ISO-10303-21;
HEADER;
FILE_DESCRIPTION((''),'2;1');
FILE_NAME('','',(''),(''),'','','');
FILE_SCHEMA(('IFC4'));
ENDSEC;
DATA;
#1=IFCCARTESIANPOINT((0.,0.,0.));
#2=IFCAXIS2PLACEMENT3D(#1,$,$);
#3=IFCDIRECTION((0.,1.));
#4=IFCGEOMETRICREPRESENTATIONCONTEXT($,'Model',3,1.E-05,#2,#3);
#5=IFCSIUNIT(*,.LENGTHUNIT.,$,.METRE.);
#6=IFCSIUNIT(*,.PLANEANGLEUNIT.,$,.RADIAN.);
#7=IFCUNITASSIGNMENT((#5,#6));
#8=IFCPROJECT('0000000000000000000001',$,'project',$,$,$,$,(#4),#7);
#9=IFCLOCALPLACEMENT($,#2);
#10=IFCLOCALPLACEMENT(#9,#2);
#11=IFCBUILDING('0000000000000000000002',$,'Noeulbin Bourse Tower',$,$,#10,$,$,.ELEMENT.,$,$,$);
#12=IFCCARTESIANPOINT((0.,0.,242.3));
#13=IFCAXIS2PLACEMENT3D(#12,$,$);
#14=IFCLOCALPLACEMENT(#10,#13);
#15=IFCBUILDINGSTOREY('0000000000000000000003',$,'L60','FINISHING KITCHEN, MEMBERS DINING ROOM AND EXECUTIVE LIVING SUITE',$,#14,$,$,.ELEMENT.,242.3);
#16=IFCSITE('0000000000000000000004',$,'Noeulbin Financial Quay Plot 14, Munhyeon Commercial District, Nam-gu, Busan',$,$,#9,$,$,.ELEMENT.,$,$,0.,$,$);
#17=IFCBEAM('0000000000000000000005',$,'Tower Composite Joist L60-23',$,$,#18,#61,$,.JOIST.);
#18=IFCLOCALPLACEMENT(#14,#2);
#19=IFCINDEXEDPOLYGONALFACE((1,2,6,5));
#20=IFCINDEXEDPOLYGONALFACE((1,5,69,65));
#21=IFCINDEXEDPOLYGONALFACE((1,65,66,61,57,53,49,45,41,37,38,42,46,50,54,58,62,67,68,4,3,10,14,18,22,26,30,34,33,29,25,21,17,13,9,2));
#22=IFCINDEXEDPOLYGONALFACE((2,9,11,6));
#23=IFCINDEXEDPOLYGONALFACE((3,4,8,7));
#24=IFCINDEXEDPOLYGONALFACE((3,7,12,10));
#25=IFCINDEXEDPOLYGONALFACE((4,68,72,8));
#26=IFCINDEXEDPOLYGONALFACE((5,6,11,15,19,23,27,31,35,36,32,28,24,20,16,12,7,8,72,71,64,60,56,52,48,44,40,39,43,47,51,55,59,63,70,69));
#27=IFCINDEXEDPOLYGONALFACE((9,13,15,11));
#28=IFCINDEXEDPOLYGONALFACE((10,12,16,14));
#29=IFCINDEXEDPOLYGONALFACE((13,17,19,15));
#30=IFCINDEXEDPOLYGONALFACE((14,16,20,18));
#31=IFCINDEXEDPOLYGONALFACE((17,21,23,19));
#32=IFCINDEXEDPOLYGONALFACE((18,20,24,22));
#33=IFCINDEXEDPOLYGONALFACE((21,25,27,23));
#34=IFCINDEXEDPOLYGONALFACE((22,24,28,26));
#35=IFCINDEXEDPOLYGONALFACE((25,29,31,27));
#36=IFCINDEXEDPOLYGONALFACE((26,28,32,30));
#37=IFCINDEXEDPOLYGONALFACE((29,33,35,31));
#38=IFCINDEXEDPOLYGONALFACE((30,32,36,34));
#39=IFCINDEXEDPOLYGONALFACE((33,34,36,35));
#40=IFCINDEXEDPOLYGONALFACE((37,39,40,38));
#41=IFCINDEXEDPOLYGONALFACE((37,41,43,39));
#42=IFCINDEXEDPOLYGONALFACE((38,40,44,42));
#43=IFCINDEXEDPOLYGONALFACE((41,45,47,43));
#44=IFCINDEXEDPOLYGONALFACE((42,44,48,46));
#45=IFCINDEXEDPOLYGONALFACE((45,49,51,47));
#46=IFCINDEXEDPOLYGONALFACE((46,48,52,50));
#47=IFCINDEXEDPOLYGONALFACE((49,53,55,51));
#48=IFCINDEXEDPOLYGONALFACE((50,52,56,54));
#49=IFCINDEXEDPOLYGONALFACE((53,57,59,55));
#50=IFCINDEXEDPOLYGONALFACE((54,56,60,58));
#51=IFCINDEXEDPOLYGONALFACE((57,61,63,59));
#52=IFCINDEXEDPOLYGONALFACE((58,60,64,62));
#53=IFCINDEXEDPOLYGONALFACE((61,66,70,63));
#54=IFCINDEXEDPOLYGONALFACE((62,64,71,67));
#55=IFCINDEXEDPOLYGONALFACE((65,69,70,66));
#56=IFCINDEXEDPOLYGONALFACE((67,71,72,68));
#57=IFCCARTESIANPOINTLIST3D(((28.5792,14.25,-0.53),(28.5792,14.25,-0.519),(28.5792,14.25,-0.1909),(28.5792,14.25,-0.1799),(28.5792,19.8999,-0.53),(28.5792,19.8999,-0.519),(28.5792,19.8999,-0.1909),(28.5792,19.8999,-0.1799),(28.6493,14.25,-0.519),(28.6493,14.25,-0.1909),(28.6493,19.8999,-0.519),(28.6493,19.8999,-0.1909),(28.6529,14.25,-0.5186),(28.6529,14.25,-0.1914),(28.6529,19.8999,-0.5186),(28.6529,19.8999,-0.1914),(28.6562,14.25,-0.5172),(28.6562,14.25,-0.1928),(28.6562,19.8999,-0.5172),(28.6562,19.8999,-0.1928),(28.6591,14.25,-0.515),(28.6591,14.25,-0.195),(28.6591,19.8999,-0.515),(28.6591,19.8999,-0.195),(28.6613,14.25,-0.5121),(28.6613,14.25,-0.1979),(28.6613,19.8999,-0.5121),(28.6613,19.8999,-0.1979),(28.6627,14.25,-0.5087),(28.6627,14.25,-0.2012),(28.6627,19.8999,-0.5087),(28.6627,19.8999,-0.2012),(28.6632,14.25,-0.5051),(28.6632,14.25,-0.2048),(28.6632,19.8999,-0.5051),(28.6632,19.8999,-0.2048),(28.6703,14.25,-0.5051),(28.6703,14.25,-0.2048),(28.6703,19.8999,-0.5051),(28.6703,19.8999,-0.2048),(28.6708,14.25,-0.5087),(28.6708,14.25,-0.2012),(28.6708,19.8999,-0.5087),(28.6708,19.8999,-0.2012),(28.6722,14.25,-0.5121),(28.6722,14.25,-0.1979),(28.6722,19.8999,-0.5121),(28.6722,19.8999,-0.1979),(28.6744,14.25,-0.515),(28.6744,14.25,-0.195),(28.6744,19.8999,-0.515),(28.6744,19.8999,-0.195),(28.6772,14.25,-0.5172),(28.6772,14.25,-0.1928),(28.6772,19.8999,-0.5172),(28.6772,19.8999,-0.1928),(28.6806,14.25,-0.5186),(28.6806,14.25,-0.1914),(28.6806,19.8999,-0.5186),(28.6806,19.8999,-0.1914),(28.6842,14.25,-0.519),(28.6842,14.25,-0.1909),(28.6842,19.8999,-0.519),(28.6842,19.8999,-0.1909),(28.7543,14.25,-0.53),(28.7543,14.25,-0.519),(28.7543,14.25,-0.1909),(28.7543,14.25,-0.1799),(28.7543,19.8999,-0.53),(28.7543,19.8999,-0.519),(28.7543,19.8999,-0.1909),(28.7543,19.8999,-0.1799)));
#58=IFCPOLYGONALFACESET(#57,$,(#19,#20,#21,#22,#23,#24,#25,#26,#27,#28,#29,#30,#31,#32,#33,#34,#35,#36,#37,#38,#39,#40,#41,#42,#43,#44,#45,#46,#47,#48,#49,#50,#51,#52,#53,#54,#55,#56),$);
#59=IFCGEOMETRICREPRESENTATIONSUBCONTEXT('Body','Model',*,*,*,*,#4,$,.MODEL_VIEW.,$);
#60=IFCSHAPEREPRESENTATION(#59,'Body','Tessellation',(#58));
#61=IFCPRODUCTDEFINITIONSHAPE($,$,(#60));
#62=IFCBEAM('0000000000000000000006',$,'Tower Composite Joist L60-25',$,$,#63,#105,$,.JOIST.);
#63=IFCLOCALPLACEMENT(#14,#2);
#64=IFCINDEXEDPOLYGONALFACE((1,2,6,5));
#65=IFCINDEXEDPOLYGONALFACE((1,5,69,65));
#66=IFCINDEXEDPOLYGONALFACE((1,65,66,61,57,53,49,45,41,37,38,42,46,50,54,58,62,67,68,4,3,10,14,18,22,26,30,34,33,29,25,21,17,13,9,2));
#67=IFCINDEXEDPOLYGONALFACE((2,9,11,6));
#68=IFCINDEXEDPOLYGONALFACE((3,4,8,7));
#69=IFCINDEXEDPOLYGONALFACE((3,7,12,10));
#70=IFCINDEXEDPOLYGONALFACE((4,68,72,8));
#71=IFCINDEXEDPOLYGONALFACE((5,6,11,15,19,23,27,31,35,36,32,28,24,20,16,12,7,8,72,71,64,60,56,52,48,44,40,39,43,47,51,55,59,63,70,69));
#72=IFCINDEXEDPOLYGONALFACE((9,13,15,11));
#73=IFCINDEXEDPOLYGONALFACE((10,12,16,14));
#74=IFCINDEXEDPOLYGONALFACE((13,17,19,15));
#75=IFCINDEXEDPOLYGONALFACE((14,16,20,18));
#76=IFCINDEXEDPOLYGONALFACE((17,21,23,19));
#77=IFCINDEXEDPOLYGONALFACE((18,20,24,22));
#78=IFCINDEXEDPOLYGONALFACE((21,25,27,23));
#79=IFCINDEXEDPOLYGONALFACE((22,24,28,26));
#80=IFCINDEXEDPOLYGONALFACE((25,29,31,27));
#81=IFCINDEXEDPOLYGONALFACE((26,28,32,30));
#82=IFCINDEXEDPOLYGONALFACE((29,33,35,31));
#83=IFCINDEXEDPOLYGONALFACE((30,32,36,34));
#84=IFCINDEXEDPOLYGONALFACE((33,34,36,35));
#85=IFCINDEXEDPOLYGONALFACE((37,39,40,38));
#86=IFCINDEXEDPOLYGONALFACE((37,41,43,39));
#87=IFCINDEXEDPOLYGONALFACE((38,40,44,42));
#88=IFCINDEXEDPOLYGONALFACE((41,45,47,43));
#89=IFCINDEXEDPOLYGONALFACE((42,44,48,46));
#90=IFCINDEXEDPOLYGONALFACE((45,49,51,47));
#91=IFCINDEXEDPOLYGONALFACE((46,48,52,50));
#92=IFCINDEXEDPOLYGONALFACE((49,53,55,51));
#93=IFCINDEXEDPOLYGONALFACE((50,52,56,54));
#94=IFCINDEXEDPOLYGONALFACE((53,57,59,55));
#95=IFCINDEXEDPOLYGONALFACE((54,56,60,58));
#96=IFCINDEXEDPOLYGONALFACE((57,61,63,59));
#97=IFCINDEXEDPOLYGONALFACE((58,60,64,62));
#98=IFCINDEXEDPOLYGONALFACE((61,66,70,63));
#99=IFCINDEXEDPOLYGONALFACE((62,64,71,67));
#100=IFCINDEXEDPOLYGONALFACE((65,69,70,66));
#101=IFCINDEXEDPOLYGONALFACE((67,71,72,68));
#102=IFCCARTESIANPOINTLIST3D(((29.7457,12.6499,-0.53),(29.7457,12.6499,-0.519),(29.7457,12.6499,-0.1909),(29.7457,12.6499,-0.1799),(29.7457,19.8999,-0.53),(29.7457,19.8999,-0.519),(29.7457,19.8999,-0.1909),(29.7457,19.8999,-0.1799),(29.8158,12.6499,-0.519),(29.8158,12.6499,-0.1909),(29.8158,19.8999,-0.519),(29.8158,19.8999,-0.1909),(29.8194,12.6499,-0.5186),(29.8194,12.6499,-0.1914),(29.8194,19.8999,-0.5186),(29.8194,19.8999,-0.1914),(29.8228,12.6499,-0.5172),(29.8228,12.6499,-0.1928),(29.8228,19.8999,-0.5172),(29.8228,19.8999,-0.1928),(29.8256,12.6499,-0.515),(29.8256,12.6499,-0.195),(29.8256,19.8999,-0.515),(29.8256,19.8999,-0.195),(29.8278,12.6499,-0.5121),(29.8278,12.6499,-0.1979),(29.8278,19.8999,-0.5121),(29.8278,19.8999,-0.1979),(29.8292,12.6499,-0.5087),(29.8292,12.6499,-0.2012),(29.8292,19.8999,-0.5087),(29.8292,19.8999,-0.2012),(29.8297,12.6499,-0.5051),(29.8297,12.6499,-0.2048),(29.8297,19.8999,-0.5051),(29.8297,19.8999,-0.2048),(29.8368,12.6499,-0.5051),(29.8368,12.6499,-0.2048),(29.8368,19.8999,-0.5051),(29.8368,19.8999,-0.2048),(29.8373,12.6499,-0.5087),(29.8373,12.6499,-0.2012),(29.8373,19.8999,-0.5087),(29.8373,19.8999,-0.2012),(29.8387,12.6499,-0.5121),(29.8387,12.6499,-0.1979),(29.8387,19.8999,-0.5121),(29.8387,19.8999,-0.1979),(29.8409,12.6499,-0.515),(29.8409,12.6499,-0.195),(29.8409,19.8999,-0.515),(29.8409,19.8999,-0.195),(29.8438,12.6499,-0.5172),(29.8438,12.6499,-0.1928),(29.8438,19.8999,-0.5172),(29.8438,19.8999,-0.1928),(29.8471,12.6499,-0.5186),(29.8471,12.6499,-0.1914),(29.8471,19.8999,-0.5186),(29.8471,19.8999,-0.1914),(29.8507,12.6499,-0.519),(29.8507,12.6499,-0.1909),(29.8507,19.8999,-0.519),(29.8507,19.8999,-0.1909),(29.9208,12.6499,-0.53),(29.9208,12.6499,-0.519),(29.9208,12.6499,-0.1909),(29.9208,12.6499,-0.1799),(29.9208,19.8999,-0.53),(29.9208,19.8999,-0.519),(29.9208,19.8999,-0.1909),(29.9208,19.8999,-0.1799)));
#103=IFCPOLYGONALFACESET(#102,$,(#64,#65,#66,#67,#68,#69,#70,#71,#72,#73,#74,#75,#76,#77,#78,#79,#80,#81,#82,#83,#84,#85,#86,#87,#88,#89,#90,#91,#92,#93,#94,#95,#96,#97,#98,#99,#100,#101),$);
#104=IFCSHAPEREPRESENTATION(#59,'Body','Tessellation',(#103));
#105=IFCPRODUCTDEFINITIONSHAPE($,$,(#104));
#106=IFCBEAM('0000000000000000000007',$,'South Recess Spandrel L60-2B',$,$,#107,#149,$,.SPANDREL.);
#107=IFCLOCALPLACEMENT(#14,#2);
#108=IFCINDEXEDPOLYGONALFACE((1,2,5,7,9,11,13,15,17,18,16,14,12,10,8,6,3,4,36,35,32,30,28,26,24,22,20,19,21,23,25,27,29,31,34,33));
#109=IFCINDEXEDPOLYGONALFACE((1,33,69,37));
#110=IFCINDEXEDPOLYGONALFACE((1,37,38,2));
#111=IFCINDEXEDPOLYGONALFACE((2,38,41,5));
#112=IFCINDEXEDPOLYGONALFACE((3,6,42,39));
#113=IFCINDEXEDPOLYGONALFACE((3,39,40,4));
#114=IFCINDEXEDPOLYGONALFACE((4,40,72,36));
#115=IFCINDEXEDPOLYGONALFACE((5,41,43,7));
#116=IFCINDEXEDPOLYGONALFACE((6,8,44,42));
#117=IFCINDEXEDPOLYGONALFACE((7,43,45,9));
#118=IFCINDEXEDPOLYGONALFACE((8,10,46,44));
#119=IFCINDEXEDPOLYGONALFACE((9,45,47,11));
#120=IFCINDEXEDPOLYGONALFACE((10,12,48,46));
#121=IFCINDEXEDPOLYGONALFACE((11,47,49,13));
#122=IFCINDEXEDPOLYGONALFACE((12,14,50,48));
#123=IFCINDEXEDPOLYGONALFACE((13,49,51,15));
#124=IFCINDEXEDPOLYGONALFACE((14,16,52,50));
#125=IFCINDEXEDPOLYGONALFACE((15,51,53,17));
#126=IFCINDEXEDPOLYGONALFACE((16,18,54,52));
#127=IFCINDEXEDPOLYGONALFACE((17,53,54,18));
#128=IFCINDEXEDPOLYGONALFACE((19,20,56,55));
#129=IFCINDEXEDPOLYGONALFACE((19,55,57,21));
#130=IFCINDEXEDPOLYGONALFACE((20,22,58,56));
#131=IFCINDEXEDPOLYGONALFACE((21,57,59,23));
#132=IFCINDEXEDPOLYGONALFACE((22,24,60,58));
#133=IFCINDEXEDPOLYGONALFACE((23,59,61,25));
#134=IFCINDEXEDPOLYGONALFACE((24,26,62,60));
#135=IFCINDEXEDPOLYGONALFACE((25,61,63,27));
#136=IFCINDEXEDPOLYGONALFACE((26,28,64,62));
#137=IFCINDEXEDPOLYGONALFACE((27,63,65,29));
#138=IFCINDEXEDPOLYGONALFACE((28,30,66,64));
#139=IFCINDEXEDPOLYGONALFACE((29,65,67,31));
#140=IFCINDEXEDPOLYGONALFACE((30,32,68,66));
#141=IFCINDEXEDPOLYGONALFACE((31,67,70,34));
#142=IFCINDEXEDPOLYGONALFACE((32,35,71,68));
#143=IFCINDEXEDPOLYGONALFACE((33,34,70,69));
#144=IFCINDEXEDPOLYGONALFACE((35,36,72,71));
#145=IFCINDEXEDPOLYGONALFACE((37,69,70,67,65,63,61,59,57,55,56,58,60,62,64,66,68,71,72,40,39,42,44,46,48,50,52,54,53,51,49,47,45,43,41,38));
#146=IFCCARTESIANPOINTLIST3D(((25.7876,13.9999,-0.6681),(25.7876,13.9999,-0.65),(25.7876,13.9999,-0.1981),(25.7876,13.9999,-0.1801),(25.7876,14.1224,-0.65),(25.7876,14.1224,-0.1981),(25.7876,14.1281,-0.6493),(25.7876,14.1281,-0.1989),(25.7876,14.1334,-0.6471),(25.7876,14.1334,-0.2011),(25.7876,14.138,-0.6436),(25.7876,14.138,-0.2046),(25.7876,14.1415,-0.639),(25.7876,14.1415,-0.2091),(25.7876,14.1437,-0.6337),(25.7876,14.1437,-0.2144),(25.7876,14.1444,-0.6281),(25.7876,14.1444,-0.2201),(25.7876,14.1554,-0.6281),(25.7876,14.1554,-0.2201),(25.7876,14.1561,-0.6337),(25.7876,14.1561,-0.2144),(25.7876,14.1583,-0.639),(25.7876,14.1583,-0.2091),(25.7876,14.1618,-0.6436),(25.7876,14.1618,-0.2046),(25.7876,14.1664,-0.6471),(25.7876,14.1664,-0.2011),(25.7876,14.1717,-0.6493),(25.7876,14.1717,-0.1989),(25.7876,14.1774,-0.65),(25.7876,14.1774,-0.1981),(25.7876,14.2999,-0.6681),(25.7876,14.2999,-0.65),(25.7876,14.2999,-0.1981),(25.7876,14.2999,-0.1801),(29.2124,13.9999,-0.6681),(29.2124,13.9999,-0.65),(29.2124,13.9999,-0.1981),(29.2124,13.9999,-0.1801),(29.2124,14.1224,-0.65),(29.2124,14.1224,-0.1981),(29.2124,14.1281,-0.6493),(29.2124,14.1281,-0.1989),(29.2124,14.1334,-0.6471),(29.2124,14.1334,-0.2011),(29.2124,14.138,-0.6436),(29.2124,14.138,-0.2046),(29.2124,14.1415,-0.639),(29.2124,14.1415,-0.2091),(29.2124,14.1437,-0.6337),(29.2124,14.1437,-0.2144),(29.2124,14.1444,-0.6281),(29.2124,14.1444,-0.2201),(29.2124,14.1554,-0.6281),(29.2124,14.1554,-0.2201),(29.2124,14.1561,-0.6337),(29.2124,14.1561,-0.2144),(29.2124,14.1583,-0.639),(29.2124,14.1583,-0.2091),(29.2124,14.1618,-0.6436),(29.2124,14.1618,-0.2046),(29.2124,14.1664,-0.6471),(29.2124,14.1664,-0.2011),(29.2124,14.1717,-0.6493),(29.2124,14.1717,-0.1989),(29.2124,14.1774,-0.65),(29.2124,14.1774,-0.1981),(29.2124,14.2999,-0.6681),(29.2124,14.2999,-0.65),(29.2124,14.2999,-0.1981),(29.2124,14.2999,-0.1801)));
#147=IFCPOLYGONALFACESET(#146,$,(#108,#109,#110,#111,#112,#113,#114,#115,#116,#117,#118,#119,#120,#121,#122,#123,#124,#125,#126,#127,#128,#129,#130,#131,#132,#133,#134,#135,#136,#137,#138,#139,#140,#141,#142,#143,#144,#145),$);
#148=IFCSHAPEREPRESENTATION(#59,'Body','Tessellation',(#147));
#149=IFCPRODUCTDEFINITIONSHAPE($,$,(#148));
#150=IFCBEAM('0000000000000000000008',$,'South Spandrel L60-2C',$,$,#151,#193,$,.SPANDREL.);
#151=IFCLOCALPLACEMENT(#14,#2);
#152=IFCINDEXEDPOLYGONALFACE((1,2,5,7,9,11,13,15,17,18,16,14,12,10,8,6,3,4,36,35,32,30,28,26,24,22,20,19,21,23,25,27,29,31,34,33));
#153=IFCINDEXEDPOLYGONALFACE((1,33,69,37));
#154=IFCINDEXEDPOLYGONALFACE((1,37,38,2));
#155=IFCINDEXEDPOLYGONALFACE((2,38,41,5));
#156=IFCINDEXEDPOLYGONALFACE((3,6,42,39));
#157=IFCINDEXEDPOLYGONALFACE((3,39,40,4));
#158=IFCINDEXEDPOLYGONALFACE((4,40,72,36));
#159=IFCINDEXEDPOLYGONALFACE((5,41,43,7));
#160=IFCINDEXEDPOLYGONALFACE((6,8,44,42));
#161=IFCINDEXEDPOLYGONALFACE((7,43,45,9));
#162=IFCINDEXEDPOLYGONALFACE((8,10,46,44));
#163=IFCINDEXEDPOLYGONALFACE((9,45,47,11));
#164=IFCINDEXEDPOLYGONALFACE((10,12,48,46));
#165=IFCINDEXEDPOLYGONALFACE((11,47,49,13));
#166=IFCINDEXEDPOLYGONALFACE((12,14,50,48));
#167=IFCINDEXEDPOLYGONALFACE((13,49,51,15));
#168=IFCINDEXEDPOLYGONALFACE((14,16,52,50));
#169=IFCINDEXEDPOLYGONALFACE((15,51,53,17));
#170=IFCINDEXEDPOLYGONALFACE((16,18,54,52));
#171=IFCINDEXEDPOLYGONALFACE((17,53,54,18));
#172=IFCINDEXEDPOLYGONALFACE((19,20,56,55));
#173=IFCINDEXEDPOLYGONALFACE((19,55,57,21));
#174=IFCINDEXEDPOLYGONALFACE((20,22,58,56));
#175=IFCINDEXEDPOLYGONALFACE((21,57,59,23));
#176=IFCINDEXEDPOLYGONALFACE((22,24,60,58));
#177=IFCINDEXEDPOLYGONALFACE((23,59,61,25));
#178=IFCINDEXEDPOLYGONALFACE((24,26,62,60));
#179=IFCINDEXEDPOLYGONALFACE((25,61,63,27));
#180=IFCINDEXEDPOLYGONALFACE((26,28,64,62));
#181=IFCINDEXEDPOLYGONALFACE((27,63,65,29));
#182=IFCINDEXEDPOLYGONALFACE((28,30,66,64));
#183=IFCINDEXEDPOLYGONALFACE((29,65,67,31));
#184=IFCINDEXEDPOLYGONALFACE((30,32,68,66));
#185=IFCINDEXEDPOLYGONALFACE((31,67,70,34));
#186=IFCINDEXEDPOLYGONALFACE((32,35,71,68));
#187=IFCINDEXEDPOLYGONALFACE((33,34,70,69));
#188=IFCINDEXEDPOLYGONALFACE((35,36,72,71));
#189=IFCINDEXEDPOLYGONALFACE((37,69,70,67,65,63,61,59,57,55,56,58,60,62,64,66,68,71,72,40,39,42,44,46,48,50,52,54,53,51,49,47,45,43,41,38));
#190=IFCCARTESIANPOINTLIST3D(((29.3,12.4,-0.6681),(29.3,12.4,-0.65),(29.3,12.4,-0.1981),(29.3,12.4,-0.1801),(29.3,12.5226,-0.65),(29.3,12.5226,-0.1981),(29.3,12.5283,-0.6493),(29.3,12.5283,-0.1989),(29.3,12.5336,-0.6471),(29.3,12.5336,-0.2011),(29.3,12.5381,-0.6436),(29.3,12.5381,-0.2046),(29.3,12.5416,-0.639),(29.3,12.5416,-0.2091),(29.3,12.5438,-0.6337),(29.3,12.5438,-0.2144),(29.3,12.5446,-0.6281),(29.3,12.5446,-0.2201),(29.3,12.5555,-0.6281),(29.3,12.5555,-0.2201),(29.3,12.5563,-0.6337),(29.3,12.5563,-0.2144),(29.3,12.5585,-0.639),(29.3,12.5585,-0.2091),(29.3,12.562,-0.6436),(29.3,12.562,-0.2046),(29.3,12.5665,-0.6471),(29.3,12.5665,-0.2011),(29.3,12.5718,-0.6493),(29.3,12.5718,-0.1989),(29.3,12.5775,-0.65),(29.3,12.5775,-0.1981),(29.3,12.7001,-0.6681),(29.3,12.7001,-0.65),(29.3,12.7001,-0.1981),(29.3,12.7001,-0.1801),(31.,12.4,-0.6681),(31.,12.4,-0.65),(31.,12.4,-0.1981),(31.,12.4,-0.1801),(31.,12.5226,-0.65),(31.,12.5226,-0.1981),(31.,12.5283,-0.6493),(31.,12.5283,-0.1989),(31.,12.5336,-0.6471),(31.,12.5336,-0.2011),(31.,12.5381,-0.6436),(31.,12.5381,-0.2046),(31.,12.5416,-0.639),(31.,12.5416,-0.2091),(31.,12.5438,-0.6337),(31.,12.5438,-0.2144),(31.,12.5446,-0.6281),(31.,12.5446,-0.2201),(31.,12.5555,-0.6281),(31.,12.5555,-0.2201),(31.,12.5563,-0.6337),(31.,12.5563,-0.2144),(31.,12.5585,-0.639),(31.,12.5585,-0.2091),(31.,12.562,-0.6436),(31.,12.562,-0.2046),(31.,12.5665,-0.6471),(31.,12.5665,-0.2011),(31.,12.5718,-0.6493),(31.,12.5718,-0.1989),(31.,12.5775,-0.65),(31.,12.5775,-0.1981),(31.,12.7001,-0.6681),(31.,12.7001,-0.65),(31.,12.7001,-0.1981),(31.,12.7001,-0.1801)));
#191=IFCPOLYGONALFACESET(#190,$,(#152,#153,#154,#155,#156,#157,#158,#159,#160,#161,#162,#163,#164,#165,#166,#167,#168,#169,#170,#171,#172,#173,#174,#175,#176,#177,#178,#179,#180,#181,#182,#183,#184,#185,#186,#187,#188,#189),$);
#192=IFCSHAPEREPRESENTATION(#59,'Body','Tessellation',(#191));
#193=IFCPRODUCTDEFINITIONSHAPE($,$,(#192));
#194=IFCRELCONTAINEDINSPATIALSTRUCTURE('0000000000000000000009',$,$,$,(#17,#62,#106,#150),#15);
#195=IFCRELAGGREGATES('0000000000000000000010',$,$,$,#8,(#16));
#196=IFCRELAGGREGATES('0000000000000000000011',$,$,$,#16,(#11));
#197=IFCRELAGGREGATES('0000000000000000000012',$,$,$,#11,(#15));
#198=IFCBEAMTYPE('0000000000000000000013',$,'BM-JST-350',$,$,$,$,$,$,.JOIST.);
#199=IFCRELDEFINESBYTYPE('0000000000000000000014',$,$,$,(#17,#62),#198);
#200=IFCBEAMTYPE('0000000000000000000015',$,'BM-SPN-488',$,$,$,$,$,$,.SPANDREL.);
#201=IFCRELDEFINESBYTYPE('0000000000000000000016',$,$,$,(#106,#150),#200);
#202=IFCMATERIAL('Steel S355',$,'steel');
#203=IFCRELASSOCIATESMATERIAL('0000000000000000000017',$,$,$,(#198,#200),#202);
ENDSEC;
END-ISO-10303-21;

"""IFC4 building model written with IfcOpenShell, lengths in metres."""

from ifc_helpers import new_model, si_unit, direction, frame, origin, origin_2d, place, context, subcontext, project, spatial, i_section, extrude, material, material_profile, profile_set, type_object, element, save


model = new_model("IFC4")

# Units and contexts
model_context = context("Model", 3, precision=1e-05, world=origin(), true_north=direction((0.0, 1.0)))
body_context = subcontext(model_context, "Body", "Model", "MODEL_VIEW")
ifc_project = project(units=[si_unit("LENGTHUNIT", "METRE"), si_unit("PLANEANGLEUNIT", "RADIAN")], contexts=[model_context])

# Site, building, storey
site_placement = place(None, origin())
site = spatial("IfcSite", under=ifc_project, at=site_placement, Name="Noeulbin Financial Quay Plot 14, Munhyeon Commercial District, Nam-gu, Busan", CompositionType="ELEMENT", RefElevation=0.0)
building_placement = place(site_placement, origin())
building = spatial("IfcBuilding", under=site, at=building_placement, Name="Noeulbin Bourse Tower", CompositionType="ELEMENT")
storey_placement = place(building_placement, frame((0.0, 0.0, 242.3)))
storey = spatial("IfcBuildingStorey", under=building, at=storey_placement, Name="L60", Description="FINISHING KITCHEN, MEMBERS DINING ROOM AND EXECUTIVE LIVING SUITE", CompositionType="ELEMENT", Elevation=242.3)

# Shared definitions
ifc_material_1 = material(Name="Steel S355", Category="steel")

# Beams
ifc_material_profile_1 = material_profile(ifc_material_1, i_section(OverallWidth=0.175, OverallDepth=0.3501, WebThickness=0.0071, FlangeThickness=0.011, FilletRadius=0.0139, at=origin_2d()), Name="H-350x175x7x11", Category="LoadBearing")
ifc_profile_set_1 = profile_set([ifc_material_profile_1], Name="Steel S355")
beam_type_1 = type_object("IfcBeamType", Name="BM-JST-350", PredefinedType="JOIST", material=ifc_profile_set_1)
for number, where, z_axis, x_axis, name in (
    (1, (28.6667, 14.25, -0.355), (0.0, 1.0, 0.0), (-1.0, 0.0, 0.0), "Tower Composite Joist L60-23"),
):
    element("IfcBeam", number, at=place(storey_placement, frame(where, z_axis=z_axis, x_axis=x_axis)), inside=storey, type_object=beam_type_1, Name=name, PredefinedType="JOIST", context=body_context, shape_type="SweptSolid", body=[
        extrude(i_section(OverallWidth=0.175, OverallDepth=0.3501, WebThickness=0.0071, FlangeThickness=0.011, FilletRadius=0.0139, at=origin_2d()), origin(), (0.0, 0.0, 1.0), 5.6499),
    ])
beam_1_placement = place(storey_placement, frame((29.8333, 12.6499, -0.355), z_axis=(0.0, 1.0, 0.0), x_axis=(-1.0, 0.0, 0.0)))
element("IfcBeam", 2, at=beam_1_placement, inside=storey, type_object=beam_type_1, Name="Tower Composite Joist L60-25", PredefinedType="JOIST", context=body_context, shape_type="SweptSolid", body=[
    extrude(i_section(OverallWidth=0.175, OverallDepth=0.3501, WebThickness=0.0071, FlangeThickness=0.011, FilletRadius=0.0139, at=origin_2d()), origin(), (0.0, 0.0, 1.0), 7.25),
])
ifc_material_profile_2 = material_profile(ifc_material_1, i_section(OverallWidth=0.3, OverallDepth=0.488, WebThickness=0.011, FlangeThickness=0.0181, FilletRadius=0.022, at=origin_2d()), Name="H-488x300x11x18", Category="LoadBearing")
ifc_profile_set_2 = profile_set([ifc_material_profile_2], Name="Steel S355")
beam_type_2 = type_object("IfcBeamType", Name="BM-SPN-488", PredefinedType="SPANDREL", material=ifc_profile_set_2)
beam_2_placement = place(storey_placement, frame((25.7876, 14.1499, -0.4241), z_axis=(1.0, 0.0, 0.0), x_axis=(0.0, 1.0, 0.0)))
element("IfcBeam", 3, at=beam_2_placement, inside=storey, type_object=beam_type_2, Name="South Recess Spandrel L60-2B", PredefinedType="SPANDREL", context=body_context, shape_type="SweptSolid", body=[
    extrude(i_section(OverallWidth=0.3, OverallDepth=0.488, WebThickness=0.011, FlangeThickness=0.0181, FilletRadius=0.022, at=origin_2d()), origin(), (0.0, 0.0, 1.0), 3.4248),
])
beam_3_placement = place(storey_placement, frame((29.3, 12.55, -0.4241), z_axis=(1.0, 0.0, 0.0), x_axis=(0.0, 1.0, 0.0)))
element("IfcBeam", 4, at=beam_3_placement, inside=storey, type_object=beam_type_2, Name="South Spandrel L60-2C", PredefinedType="SPANDREL", context=body_context, shape_type="SweptSolid", body=[
    extrude(i_section(OverallWidth=0.3, OverallDepth=0.488, WebThickness=0.011, FlangeThickness=0.0181, FilletRadius=0.022, at=origin_2d()), origin(), (0.0, 0.0, 1.0), 1.7),
])

save(model, "model.ifc")
